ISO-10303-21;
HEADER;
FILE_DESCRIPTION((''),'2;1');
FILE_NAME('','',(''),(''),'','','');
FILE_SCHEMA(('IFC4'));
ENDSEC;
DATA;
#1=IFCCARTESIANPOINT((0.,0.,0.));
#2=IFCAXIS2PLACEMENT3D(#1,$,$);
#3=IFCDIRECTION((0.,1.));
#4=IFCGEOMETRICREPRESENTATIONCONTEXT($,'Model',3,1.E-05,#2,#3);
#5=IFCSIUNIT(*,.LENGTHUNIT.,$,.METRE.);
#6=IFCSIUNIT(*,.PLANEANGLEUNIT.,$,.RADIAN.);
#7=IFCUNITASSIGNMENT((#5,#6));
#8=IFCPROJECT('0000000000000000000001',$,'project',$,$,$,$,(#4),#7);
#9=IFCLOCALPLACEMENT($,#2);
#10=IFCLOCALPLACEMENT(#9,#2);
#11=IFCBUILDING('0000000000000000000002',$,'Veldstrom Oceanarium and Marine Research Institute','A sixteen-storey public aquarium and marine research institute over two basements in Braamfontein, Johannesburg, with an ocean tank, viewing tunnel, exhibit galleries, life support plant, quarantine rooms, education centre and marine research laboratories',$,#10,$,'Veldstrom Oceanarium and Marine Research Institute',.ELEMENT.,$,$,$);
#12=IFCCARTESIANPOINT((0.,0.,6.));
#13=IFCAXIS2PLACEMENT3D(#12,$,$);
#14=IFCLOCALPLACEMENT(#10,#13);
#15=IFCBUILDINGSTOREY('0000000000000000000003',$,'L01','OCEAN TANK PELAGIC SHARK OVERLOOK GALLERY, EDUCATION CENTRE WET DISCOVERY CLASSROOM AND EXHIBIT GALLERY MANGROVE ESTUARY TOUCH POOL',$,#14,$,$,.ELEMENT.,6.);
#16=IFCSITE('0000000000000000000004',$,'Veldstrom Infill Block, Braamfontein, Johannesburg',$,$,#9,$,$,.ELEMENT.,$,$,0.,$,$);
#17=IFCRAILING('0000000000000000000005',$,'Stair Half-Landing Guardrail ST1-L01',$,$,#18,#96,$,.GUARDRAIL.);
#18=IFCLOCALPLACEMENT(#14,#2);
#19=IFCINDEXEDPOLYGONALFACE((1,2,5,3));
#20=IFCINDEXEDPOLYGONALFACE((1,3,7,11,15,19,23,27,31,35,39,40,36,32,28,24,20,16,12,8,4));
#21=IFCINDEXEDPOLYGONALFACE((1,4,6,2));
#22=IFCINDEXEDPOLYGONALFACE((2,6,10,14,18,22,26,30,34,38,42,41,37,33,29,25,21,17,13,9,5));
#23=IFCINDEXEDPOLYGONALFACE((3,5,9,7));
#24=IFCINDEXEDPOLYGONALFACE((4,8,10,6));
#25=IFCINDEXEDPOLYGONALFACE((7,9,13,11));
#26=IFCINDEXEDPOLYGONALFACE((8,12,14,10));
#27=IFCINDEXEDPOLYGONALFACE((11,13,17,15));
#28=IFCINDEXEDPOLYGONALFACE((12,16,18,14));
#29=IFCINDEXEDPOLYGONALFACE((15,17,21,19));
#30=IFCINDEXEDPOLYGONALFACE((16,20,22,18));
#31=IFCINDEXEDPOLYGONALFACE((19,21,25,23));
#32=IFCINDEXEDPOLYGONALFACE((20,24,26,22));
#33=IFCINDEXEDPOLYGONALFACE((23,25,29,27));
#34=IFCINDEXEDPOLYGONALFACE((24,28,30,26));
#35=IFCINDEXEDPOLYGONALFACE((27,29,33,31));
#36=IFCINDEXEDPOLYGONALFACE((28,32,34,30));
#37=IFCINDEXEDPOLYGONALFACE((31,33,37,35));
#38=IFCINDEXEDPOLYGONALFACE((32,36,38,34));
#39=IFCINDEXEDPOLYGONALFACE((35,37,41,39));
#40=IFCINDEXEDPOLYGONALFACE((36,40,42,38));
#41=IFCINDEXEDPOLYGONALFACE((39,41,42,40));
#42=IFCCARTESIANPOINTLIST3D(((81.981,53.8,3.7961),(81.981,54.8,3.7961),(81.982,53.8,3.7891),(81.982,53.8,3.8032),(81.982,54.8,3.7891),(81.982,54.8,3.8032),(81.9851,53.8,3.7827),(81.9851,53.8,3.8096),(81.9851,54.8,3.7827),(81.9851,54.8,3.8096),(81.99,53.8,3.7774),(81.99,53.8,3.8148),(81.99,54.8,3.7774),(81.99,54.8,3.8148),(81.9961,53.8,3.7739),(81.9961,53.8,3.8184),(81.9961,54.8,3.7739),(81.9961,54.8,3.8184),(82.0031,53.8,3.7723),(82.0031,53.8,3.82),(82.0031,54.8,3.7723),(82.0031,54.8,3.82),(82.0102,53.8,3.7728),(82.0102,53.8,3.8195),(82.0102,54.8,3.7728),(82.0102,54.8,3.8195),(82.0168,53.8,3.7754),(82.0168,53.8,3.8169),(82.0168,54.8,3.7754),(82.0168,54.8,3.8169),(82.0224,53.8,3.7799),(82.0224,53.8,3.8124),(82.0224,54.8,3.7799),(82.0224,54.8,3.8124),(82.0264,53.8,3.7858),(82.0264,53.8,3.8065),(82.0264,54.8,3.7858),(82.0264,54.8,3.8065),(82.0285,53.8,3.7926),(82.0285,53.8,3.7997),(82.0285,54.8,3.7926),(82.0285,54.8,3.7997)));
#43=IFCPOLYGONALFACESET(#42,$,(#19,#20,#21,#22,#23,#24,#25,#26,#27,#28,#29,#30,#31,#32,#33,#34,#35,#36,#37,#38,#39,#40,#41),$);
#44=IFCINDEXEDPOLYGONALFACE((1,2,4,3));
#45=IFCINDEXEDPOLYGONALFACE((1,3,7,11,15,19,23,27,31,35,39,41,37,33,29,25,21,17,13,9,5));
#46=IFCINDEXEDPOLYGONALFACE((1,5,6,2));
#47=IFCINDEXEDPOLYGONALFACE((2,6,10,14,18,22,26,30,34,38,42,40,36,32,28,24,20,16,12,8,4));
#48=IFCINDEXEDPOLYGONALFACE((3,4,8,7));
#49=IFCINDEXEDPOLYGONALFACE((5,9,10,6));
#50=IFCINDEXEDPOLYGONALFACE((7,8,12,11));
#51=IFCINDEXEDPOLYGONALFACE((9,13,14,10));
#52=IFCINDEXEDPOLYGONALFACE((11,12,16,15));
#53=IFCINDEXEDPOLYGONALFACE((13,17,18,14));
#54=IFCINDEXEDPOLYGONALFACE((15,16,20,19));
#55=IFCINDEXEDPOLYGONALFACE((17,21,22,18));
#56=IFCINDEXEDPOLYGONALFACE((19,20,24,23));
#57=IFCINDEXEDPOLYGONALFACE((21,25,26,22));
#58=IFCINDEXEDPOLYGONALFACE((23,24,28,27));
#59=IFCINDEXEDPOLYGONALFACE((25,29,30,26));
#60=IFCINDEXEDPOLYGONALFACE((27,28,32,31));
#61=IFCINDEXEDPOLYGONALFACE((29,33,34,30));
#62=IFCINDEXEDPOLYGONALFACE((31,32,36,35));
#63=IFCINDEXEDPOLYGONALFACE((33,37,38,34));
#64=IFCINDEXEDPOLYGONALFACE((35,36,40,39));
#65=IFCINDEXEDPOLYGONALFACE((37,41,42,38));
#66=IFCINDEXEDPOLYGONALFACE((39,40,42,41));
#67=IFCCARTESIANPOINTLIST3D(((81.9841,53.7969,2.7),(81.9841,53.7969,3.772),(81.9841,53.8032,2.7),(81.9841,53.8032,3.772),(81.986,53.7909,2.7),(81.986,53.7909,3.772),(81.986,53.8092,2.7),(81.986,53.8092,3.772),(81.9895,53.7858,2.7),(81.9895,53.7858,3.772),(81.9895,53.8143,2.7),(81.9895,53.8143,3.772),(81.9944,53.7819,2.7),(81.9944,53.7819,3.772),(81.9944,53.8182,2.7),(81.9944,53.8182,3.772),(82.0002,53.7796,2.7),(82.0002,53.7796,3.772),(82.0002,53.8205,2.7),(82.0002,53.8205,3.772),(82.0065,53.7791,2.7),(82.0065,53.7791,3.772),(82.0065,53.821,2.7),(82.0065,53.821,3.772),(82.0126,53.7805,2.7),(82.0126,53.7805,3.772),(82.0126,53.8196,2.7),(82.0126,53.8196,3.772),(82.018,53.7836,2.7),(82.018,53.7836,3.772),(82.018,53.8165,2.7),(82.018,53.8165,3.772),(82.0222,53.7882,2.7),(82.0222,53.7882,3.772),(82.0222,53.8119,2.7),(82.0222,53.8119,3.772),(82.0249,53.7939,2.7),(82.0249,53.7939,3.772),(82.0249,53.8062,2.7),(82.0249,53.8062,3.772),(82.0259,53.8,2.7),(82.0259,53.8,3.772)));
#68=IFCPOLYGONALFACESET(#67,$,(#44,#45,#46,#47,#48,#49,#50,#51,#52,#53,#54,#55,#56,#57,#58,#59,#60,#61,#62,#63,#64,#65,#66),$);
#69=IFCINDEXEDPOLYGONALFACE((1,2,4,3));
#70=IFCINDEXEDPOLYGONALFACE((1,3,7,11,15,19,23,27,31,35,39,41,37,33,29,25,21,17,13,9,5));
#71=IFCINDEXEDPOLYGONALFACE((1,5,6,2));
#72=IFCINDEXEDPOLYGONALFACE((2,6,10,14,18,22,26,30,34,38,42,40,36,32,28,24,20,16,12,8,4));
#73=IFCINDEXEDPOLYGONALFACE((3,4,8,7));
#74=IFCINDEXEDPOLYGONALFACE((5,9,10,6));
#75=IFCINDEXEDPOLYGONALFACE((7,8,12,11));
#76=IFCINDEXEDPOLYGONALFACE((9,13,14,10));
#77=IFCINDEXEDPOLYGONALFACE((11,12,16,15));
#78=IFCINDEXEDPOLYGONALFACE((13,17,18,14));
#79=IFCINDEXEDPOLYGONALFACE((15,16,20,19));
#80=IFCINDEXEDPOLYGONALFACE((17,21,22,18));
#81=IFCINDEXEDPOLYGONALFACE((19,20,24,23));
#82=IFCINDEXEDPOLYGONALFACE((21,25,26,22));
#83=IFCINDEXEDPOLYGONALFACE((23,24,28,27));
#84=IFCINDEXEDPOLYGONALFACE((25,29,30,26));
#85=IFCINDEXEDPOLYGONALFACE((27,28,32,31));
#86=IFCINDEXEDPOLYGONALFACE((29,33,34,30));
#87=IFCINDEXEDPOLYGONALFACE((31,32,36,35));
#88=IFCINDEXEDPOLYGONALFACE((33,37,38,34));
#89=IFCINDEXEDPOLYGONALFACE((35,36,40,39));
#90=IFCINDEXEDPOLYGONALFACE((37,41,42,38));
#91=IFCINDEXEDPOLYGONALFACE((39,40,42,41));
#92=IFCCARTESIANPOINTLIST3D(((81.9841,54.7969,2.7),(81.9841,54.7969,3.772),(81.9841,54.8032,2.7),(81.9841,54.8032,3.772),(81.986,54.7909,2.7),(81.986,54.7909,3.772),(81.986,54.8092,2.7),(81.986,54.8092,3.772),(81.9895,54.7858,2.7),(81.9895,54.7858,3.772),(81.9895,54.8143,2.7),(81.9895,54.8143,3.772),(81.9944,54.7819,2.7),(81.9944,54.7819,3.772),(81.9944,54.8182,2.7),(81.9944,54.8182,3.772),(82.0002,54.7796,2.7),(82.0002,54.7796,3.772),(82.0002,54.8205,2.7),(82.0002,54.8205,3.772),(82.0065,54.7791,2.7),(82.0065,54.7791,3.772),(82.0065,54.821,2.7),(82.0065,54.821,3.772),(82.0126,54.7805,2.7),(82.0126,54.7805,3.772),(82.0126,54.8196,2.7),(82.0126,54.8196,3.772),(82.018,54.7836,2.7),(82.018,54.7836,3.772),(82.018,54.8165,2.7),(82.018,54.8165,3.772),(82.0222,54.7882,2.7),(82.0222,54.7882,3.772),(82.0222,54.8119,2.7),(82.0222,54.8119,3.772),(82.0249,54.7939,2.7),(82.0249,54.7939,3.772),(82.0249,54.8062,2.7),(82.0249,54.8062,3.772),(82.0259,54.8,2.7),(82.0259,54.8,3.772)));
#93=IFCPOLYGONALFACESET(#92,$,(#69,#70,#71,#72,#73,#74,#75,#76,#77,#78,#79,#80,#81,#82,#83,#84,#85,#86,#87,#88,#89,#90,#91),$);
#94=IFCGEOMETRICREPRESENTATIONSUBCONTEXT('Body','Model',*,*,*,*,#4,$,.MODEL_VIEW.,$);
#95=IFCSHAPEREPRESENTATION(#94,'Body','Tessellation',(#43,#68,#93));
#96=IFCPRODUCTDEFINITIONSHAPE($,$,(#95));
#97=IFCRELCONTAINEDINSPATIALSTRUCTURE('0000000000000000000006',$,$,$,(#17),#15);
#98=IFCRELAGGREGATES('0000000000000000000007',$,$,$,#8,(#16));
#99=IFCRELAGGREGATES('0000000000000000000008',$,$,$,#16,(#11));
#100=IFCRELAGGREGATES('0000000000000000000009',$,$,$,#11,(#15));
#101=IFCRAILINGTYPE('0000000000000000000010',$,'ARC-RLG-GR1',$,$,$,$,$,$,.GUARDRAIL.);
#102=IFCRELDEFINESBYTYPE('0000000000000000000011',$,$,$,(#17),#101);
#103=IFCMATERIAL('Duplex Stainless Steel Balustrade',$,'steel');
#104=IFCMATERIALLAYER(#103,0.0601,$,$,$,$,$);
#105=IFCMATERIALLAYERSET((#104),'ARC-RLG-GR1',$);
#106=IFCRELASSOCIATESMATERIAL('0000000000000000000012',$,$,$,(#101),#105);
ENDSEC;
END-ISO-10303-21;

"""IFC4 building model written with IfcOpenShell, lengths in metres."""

from ifc_helpers import new_model, si_unit, direction, frame, origin, origin_2d, place, context, subcontext, project, spatial, circle, extrude, material, layer, layer_set, type_object, element, save


model = new_model("IFC4")

# Units and contexts
model_context = context("Model", 3, precision=1e-05, world=origin(), true_north=direction((0.0, 1.0)))
body_context = subcontext(model_context, "Body", "Model", "MODEL_VIEW")
ifc_project = project(units=[si_unit("LENGTHUNIT", "METRE"), si_unit("PLANEANGLEUNIT", "RADIAN")], contexts=[model_context])

# Site, building, storey
site_placement = place(None, origin())
site = spatial("IfcSite", under=ifc_project, at=site_placement, Name="Veldstrom Infill Block, Braamfontein, Johannesburg", CompositionType="ELEMENT", RefElevation=0.0)
building_placement = place(site_placement, origin())
building = spatial("IfcBuilding", under=site, at=building_placement, Name="Veldstrom Oceanarium and Marine Research Institute", Description="A sixteen-storey public aquarium and marine research institute over two basements in Braamfontein, Johannesburg, with an ocean tank, viewing tunnel, exhibit galleries, life support plant, quarantine rooms, education centre and marine research laboratories", LongName="Veldstrom Oceanarium and Marine Research Institute", CompositionType="ELEMENT")
storey_placement = place(building_placement, frame((0.0, 0.0, 6.0)))
storey = spatial("IfcBuildingStorey", under=building, at=storey_placement, Name="L01", Description="OCEAN TANK PELAGIC SHARK OVERLOOK GALLERY, EDUCATION CENTRE WET DISCOVERY CLASSROOM AND EXHIBIT GALLERY MANGROVE ESTUARY TOUCH POOL", CompositionType="ELEMENT", Elevation=6.0)

# Railing
ifc_material_1 = material(Name="Duplex Stainless Steel Balustrade", Category="steel")
ifc_layer_1 = layer(ifc_material_1, 0.0601)
ifc_layer_set_1 = layer_set([ifc_layer_1], Name="ARC-RLG-GR1")
railing_type_1 = type_object("IfcRailingType", Name="ARC-RLG-GR1", PredefinedType="GUARDRAIL", material=ifc_layer_set_1)
railing_1_placement = place(storey_placement, frame((82.0049, 53.8, 2.7)))
element("IfcRailing", 1, at=railing_1_placement, inside=storey, type_object=railing_type_1, Name="Stair Half-Landing Guardrail ST1-L01", PredefinedType="GUARDRAIL", context=body_context, shape_type="SweptSolid", body=[
    extrude(circle(Radius=0.0239, at=origin_2d()), frame((0.0, 0.0, 1.0962), z_axis=(0.0, 1.0, 0.0), x_axis=(-1.0, 0.0, 0.0)), (0.0, 0.0, 1.0), 1.0),
    extrude(circle(Radius=0.021, at=origin_2d()), origin(), (0.0, 0.0, 1.0), 1.072),
    extrude(circle(Radius=0.021, at=origin_2d()), frame((0.0, 1.0, 0.0)), (0.0, 0.0, 1.0), 1.072),
])

save(model, "model.ifc")
